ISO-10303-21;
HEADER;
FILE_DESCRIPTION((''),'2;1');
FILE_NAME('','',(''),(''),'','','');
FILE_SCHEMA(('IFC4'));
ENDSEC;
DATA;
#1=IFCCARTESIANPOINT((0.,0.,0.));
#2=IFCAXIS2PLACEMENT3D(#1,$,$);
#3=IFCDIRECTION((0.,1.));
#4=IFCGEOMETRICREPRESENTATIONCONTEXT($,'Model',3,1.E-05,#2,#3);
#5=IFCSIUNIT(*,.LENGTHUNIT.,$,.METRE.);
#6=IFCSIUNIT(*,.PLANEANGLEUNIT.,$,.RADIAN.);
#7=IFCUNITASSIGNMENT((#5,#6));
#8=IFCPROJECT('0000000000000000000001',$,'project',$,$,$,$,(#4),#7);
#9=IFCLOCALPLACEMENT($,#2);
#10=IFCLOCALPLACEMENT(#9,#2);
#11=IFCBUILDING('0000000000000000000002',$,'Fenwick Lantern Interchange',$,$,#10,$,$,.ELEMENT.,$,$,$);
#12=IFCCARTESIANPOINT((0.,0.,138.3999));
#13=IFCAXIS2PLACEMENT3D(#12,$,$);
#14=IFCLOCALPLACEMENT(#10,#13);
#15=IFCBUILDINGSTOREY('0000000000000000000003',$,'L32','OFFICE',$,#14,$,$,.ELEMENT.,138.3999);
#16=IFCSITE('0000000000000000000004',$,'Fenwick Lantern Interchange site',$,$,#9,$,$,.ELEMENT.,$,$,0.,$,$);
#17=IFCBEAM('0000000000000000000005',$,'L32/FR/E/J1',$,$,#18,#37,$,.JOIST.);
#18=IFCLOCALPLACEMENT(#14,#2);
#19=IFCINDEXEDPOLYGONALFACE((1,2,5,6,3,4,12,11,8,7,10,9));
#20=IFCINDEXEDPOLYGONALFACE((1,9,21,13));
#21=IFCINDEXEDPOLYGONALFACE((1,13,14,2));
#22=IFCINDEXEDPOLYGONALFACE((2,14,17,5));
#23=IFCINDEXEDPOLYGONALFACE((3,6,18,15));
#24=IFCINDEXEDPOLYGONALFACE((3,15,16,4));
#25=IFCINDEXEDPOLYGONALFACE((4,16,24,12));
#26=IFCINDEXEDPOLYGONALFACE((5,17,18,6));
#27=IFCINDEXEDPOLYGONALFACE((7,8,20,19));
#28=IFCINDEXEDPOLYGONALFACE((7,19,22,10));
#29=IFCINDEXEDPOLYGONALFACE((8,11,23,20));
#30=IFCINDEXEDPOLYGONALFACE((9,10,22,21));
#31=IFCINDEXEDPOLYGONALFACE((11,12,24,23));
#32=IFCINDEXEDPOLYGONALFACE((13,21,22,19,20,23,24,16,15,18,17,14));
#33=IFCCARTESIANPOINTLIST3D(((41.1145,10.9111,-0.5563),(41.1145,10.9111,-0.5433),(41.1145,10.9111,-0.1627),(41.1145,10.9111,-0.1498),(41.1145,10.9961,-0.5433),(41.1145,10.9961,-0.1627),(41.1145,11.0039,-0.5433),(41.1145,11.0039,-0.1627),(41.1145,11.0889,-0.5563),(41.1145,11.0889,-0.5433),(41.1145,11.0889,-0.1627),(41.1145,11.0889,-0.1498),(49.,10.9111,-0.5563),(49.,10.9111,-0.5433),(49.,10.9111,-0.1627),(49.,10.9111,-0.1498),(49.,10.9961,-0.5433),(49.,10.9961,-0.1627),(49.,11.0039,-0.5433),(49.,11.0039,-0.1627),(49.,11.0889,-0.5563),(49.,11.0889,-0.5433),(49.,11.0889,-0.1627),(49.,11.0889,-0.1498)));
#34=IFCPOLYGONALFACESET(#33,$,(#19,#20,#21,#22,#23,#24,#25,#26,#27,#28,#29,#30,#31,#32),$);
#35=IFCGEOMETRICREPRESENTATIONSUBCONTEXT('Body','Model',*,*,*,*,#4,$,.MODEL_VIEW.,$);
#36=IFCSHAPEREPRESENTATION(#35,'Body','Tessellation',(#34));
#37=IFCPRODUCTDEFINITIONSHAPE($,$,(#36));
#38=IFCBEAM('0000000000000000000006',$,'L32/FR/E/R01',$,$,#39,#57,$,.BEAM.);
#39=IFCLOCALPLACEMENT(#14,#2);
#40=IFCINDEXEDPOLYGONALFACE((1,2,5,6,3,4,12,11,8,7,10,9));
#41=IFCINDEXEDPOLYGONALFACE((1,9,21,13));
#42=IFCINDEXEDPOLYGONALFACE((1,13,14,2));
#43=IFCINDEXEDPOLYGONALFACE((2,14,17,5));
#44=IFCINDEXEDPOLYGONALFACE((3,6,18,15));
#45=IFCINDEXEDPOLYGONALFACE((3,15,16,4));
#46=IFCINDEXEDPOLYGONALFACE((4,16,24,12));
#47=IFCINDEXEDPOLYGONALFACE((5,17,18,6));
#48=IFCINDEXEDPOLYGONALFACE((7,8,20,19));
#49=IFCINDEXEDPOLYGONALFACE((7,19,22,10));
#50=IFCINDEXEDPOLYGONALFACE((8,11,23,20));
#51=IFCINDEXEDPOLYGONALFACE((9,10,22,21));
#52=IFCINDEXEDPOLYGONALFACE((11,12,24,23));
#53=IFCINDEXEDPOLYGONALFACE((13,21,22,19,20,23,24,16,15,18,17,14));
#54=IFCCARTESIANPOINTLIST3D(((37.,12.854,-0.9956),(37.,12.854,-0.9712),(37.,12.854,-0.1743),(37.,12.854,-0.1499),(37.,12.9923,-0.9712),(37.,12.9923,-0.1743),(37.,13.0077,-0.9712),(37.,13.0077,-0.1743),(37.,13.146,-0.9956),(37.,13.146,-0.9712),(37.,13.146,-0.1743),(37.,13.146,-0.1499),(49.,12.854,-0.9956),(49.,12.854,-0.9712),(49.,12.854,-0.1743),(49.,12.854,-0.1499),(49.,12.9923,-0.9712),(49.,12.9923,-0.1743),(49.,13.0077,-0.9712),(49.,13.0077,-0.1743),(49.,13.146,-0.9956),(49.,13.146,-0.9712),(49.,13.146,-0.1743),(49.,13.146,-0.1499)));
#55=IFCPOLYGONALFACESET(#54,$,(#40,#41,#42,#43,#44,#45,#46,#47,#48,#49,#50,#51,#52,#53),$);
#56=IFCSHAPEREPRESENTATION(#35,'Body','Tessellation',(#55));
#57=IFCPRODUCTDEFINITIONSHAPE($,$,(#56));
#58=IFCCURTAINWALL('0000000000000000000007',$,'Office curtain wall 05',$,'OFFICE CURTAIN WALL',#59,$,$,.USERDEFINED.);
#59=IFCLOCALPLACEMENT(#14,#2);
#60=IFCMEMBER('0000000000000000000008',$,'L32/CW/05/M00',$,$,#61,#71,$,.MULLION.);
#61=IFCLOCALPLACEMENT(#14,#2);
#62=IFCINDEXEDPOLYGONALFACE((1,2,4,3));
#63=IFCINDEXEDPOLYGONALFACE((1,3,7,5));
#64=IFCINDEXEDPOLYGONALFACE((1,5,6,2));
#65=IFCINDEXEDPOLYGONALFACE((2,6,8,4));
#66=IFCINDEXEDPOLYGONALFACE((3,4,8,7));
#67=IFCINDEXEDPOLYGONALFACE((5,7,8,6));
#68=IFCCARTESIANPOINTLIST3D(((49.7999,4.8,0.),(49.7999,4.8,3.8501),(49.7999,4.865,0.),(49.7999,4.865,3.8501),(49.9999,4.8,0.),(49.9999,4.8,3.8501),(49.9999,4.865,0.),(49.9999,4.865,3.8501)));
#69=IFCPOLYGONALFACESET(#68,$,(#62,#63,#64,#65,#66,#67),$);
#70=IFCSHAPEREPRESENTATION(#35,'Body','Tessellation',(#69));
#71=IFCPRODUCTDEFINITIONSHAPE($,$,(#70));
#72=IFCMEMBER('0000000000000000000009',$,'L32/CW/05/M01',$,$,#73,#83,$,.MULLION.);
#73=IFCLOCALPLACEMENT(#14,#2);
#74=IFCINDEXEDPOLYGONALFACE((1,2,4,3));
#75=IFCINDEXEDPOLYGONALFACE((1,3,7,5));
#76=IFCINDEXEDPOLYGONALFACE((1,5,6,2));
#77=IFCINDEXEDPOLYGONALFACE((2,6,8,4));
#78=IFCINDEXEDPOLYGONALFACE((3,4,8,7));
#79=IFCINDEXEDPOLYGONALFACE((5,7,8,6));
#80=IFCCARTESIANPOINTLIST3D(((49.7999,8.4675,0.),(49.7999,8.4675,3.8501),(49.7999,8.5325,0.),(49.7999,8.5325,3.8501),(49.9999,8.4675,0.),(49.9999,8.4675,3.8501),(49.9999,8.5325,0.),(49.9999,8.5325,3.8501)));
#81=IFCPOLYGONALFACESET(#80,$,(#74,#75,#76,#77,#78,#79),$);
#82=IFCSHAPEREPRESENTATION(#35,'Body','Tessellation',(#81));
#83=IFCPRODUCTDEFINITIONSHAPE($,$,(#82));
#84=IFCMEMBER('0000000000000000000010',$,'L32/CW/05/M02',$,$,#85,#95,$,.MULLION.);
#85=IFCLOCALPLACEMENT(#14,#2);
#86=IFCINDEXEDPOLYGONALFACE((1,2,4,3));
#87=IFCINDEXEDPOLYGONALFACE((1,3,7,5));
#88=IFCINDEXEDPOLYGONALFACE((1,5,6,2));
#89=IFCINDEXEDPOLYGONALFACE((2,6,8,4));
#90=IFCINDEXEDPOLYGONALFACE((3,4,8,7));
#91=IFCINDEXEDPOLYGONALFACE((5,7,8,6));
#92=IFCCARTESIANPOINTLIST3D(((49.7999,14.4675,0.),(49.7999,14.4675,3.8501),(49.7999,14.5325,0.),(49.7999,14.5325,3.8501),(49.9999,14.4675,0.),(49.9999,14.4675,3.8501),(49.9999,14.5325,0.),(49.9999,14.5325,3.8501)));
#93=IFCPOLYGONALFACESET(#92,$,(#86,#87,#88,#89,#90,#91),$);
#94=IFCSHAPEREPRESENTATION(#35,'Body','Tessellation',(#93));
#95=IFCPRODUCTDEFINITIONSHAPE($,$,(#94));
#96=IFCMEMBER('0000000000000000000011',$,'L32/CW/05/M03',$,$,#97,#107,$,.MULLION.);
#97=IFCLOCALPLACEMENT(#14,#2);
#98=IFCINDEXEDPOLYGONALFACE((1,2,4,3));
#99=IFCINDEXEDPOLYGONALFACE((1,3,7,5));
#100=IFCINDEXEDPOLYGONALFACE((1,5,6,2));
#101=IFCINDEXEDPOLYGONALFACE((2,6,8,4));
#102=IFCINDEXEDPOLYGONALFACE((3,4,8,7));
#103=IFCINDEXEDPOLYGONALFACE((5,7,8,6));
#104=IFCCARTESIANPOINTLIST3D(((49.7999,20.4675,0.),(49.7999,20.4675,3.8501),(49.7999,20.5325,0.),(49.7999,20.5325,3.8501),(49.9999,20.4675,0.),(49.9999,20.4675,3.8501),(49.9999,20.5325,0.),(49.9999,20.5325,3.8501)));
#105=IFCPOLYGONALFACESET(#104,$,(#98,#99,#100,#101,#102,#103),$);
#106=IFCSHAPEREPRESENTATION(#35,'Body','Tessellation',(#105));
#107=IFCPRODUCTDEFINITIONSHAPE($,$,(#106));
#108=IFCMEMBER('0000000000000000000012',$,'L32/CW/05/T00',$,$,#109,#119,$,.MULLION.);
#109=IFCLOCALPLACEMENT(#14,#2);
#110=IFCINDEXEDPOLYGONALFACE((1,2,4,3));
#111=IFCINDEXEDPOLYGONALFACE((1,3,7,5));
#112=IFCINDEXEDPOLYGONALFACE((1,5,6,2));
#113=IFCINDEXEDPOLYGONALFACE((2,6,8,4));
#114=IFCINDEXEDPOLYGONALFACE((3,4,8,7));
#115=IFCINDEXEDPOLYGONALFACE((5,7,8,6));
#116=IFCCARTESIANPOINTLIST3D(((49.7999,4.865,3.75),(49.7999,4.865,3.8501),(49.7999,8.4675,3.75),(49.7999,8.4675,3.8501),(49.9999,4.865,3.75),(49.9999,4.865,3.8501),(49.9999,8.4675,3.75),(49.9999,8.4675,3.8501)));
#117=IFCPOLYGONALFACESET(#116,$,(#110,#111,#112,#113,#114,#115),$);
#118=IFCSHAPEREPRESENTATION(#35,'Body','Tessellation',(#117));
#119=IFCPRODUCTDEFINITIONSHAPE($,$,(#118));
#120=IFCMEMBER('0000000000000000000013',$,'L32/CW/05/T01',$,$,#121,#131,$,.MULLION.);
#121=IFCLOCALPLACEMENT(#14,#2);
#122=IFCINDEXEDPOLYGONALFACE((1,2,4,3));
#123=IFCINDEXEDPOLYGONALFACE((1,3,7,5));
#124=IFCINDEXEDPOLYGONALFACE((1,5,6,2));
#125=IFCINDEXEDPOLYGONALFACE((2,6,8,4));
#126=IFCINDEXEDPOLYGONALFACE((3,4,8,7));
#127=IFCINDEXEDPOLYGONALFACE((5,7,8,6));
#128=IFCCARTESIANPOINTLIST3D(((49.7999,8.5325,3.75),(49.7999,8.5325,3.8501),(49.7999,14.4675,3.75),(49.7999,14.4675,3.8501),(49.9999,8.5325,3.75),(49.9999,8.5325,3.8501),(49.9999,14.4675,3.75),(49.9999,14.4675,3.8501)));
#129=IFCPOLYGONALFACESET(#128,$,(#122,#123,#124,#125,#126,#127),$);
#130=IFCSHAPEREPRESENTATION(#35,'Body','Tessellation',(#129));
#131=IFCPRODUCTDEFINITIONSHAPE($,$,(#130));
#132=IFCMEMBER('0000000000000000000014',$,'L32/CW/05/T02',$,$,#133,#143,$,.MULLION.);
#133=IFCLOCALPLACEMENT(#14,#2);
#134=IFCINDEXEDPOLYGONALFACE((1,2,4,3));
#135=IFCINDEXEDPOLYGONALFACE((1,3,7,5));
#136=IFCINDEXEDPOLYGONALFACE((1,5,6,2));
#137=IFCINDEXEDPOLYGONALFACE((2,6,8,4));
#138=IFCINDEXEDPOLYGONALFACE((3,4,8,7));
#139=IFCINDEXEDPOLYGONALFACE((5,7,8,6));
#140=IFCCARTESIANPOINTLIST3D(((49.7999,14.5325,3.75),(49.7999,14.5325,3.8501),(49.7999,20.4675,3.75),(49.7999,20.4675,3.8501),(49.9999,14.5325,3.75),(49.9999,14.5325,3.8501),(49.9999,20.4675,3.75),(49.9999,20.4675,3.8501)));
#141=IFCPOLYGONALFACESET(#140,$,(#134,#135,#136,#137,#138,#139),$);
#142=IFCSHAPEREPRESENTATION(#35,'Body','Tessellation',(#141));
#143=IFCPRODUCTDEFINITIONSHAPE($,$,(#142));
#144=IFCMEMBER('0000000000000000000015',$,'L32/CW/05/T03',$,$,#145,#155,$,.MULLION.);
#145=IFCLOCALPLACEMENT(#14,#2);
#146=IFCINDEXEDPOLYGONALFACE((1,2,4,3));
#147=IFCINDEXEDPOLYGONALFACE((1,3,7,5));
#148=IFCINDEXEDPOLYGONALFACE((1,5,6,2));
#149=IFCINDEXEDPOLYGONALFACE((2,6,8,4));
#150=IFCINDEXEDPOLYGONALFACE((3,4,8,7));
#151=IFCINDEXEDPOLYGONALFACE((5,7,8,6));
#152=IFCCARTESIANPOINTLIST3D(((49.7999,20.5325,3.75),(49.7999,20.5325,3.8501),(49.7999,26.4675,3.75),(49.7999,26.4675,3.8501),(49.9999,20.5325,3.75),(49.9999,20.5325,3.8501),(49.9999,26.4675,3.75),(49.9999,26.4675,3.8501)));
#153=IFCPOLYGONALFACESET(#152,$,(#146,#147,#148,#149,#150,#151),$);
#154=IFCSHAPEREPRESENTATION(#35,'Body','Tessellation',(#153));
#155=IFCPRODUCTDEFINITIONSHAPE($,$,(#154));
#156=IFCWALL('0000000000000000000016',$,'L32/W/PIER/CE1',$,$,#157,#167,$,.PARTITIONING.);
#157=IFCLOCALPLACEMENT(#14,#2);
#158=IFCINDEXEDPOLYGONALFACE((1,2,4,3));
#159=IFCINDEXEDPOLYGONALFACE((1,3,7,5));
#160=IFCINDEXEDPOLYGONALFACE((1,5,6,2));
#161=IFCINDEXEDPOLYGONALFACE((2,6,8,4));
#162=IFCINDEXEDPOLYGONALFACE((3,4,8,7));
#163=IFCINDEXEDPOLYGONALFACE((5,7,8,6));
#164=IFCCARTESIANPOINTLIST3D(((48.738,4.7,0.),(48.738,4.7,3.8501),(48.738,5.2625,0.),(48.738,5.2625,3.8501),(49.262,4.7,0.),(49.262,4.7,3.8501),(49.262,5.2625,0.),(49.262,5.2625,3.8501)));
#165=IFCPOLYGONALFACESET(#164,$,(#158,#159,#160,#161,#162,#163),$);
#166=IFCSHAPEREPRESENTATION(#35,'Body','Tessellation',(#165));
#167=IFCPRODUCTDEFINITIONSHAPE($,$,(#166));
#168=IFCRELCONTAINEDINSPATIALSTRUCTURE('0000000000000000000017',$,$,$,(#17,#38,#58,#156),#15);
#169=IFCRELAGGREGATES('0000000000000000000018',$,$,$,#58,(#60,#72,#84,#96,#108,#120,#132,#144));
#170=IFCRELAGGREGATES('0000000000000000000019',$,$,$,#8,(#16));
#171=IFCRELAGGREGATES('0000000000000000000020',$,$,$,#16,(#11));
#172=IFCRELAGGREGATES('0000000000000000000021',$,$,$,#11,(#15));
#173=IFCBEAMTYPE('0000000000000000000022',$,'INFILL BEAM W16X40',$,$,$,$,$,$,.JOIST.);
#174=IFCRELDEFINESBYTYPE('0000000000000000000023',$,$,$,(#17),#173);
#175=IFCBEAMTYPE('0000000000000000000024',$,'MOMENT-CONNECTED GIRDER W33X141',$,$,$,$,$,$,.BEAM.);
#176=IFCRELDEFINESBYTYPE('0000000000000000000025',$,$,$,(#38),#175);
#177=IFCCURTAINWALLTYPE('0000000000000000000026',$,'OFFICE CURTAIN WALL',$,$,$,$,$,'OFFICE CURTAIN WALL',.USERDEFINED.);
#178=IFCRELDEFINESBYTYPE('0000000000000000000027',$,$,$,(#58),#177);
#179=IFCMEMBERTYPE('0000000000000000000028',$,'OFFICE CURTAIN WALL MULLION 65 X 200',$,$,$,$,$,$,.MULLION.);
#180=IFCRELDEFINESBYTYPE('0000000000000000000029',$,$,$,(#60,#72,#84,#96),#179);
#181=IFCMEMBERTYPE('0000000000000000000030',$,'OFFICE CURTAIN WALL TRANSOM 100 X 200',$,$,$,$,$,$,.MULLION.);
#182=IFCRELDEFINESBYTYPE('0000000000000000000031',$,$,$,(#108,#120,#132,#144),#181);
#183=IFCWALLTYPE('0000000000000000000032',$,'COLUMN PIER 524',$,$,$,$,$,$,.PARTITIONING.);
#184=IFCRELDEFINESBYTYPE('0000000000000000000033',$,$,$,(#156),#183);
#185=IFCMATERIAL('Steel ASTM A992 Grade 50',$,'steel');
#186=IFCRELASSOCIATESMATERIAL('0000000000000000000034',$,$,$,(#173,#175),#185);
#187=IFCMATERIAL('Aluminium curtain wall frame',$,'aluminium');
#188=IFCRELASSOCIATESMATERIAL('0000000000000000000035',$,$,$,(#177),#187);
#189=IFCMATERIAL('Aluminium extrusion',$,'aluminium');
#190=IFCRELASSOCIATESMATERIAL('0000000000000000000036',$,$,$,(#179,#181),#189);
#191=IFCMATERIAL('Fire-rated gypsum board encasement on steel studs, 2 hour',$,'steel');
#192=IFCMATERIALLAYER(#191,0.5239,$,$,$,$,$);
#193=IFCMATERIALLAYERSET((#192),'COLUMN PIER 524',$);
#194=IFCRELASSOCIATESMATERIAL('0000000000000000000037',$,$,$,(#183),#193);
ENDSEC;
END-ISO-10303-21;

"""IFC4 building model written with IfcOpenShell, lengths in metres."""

from ifc_helpers import new_model, si_unit, direction, frame, frame_2d, origin, origin_2d, place, context, subcontext, project, spatial, rectangle, i_section, extrude, material, layer, layer_set, material_profile, profile_set, type_object, element, aggregate, save


model = new_model("IFC4")

# Units and contexts
model_context = context("Model", 3, precision=1e-05, world=origin(), true_north=direction((0.0, 1.0)))
body_context = subcontext(model_context, "Body", "Model", "MODEL_VIEW")
ifc_project = project(units=[si_unit("LENGTHUNIT", "METRE"), si_unit("PLANEANGLEUNIT", "RADIAN")], contexts=[model_context])

# Site, building, storey
site_placement = place(None, origin())
site = spatial("IfcSite", under=ifc_project, at=site_placement, Name="Fenwick Lantern Interchange site", CompositionType="ELEMENT", RefElevation=0.0)
building_placement = place(site_placement, origin())
building = spatial("IfcBuilding", under=site, at=building_placement, Name="Fenwick Lantern Interchange", CompositionType="ELEMENT")
storey_placement = place(building_placement, frame((0.0, 0.0, 138.3999)))
storey = spatial("IfcBuildingStorey", under=building, at=storey_placement, Name="L32", Description="OFFICE", CompositionType="ELEMENT", Elevation=138.3999)

# Shared definitions
ifc_material_1 = material(Name="Steel ASTM A992 Grade 50", Category="steel")

# Beams
ifc_material_profile_1 = material_profile(ifc_material_1, i_section(OverallWidth=0.1777, OverallDepth=0.4065, WebThickness=0.0078, FlangeThickness=0.0129, at=origin_2d()), Name="W16X40")
ifc_profile_set_1 = profile_set([ifc_material_profile_1], Name="Steel ASTM A992 Grade 50")
beam_type_1 = type_object("IfcBeamType", Name="INFILL BEAM W16X40", PredefinedType="JOIST", material=ifc_profile_set_1)
beam_1_placement = place(storey_placement, frame((49.0, 11.0, -0.353), z_axis=(-1.0, 0.0, 0.0), x_axis=(0.0, -1.0, 0.0)))
element("IfcBeam", 1, at=beam_1_placement, inside=storey, type_object=beam_type_1, Name="L32/FR/E/J1", PredefinedType="JOIST", context=body_context, shape_type="SweptSolid", body=[
    extrude(i_section(OverallWidth=0.1777, OverallDepth=0.4065, WebThickness=0.0078, FlangeThickness=0.0129, at=origin_2d()), origin(), (0.0, 0.0, 1.0), 7.8855),
])
ifc_material_profile_2 = material_profile(ifc_material_1, i_section(OverallWidth=0.292, OverallDepth=0.8457, WebThickness=0.0154, FlangeThickness=0.0244, at=origin_2d()), Name="W33X141")
ifc_profile_set_2 = profile_set([ifc_material_profile_2], Name="Steel ASTM A992 Grade 50")
beam_type_2 = type_object("IfcBeamType", Name="MOMENT-CONNECTED GIRDER W33X141", PredefinedType="BEAM", material=ifc_profile_set_2)
beam_2_placement = place(storey_placement, frame((49.0, 13.0, -0.5728), z_axis=(-1.0, 0.0, 0.0), x_axis=(0.0, -1.0, 0.0)))
element("IfcBeam", 2, at=beam_2_placement, inside=storey, type_object=beam_type_2, Name="L32/FR/E/R01", PredefinedType="BEAM", context=body_context, shape_type="SweptSolid", body=[
    extrude(i_section(OverallWidth=0.292, OverallDepth=0.8457, WebThickness=0.0154, FlangeThickness=0.0244, at=origin_2d()), origin(), (0.0, 0.0, 1.0), 12.0),
])

# Curtain wall, members
ifc_material_2 = material(Name="Aluminium curtain wall frame", Category="aluminium")
curtain_wall_type = type_object("IfcCurtainWallType", Name="OFFICE CURTAIN WALL", ElementType="OFFICE CURTAIN WALL", PredefinedType="USERDEFINED", material=ifc_material_2)
curtain_wall_placement = place(storey_placement, origin())
curtain_wall = element("IfcCurtainWall", 3, at=curtain_wall_placement, inside=storey, type_object=curtain_wall_type, Name="Office curtain wall 05", ObjectType="OFFICE CURTAIN WALL", PredefinedType="USERDEFINED")
ifc_material_3 = material(Name="Aluminium extrusion", Category="aluminium")
ifc_material_profile_3 = material_profile(ifc_material_3, rectangle(XDim=0.2, YDim=0.0649, at=origin_2d()), Name="OFFICE CURTAIN WALL MULLION 65 X 200")
ifc_profile_set_3 = profile_set([ifc_material_profile_3], Name="Aluminium extrusion")
member_type_1 = type_object("IfcMemberType", Name="OFFICE CURTAIN WALL MULLION 65 X 200", PredefinedType="MULLION", material=ifc_profile_set_3)
member_1_placement = place(storey_placement, frame((49.8999, 4.8325, 0.0), z_axis=(0.0, 0.0, 1.0), x_axis=(-1.0, 0.0, 0.0)))
member_1 = element("IfcMember", 4, at=member_1_placement, type_object=member_type_1, Name="L32/CW/05/M00", PredefinedType="MULLION", context=body_context, shape_type="SweptSolid", body=[
    extrude(rectangle(XDim=0.2, YDim=0.0649, at=origin_2d()), origin(), (0.0, 0.0, 1.0), 3.8501),
])
member_2_placement = place(storey_placement, frame((49.8999, 8.5, 0.0), z_axis=(0.0, 0.0, 1.0), x_axis=(-1.0, 0.0, 0.0)))
member_2 = element("IfcMember", 5, at=member_2_placement, type_object=member_type_1, Name="L32/CW/05/M01", PredefinedType="MULLION", context=body_context, shape_type="SweptSolid", body=[
    extrude(rectangle(XDim=0.2, YDim=0.0649, at=origin_2d()), origin(), (0.0, 0.0, 1.0), 3.8501),
])
member_3_placement = place(storey_placement, frame((49.8999, 14.5, 0.0), z_axis=(0.0, 0.0, 1.0), x_axis=(-1.0, 0.0, 0.0)))
member_3 = element("IfcMember", 6, at=member_3_placement, type_object=member_type_1, Name="L32/CW/05/M02", PredefinedType="MULLION", context=body_context, shape_type="SweptSolid", body=[
    extrude(rectangle(XDim=0.2, YDim=0.0649, at=origin_2d()), origin(), (0.0, 0.0, 1.0), 3.8501),
])
member_4_placement = place(storey_placement, frame((49.8999, 20.5, 0.0), z_axis=(0.0, 0.0, 1.0), x_axis=(-1.0, 0.0, 0.0)))
member_4 = element("IfcMember", 7, at=member_4_placement, type_object=member_type_1, Name="L32/CW/05/M03", PredefinedType="MULLION", context=body_context, shape_type="SweptSolid", body=[
    extrude(rectangle(XDim=0.2, YDim=0.0649, at=origin_2d()), origin(), (0.0, 0.0, 1.0), 3.8501),
])
ifc_material_profile_4 = material_profile(ifc_material_3, rectangle(XDim=0.2, YDim=0.1001, at=origin_2d()), Name="OFFICE CURTAIN WALL TRANSOM 100 X 200")
ifc_profile_set_4 = profile_set([ifc_material_profile_4], Name="Aluminium extrusion")
member_type_2 = type_object("IfcMemberType", Name="OFFICE CURTAIN WALL TRANSOM 100 X 200", PredefinedType="MULLION", material=ifc_profile_set_4)
member_5_placement = place(storey_placement, frame((49.8999, 4.865, 3.8), z_axis=(0.0, 1.0, 0.0), x_axis=(-1.0, 0.0, 0.0)))
member_5 = element("IfcMember", 8, at=member_5_placement, type_object=member_type_2, Name="L32/CW/05/T00", PredefinedType="MULLION", context=body_context, shape_type="SweptSolid", body=[
    extrude(rectangle(XDim=0.2, YDim=0.1001, at=origin_2d()), origin(), (0.0, 0.0, 1.0), 3.6025),
])
member_6_placement = place(storey_placement, frame((49.8999, 8.5325, 3.8), z_axis=(0.0, 1.0, 0.0), x_axis=(-1.0, 0.0, 0.0)))
member_6 = element("IfcMember", 9, at=member_6_placement, type_object=member_type_2, Name="L32/CW/05/T01", PredefinedType="MULLION", context=body_context, shape_type="SweptSolid", body=[
    extrude(rectangle(XDim=0.2, YDim=0.1001, at=origin_2d()), origin(), (0.0, 0.0, 1.0), 5.9351),
])
member_7_placement = place(storey_placement, frame((49.8999, 14.5325, 3.8), z_axis=(0.0, 1.0, 0.0), x_axis=(-1.0, 0.0, 0.0)))
member_7 = element("IfcMember", 10, at=member_7_placement, type_object=member_type_2, Name="L32/CW/05/T02", PredefinedType="MULLION", context=body_context, shape_type="SweptSolid", body=[
    extrude(rectangle(XDim=0.2, YDim=0.1001, at=origin_2d()), origin(), (0.0, 0.0, 1.0), 5.9351),
])
member_8_placement = place(storey_placement, frame((49.8999, 20.5325, 3.8), z_axis=(0.0, 1.0, 0.0), x_axis=(-1.0, 0.0, 0.0)))
member_8 = element("IfcMember", 11, at=member_8_placement, type_object=member_type_2, Name="L32/CW/05/T03", PredefinedType="MULLION", context=body_context, shape_type="SweptSolid", body=[
    extrude(rectangle(XDim=0.2, YDim=0.1001, at=origin_2d()), origin(), (0.0, 0.0, 1.0), 5.9351),
])
aggregate(curtain_wall, [member_1, member_2, member_3, member_4, member_5, member_6, member_7, member_8])

# Wall
ifc_material_4 = material(Name="Fire-rated gypsum board encasement on steel studs, 2 hour", Category="steel")
ifc_layer_1 = layer(ifc_material_4, 0.5239)
ifc_layer_set_1 = layer_set([ifc_layer_1], Name="COLUMN PIER 524")
wall_type_1 = type_object("IfcWallType", Name="COLUMN PIER 524", PredefinedType="PARTITIONING", material=ifc_layer_set_1)
wall_1_placement = place(storey_placement, frame((49.0, 4.7, 0.0), z_axis=(0.0, 0.0, 1.0), x_axis=(0.0, 1.0, 0.0)))
element("IfcWall", 12, at=wall_1_placement, inside=storey, type_object=wall_type_1, Name="L32/W/PIER/CE1", PredefinedType="PARTITIONING", context=body_context, shape_type="SweptSolid", body=[
    extrude(rectangle(XDim=0.5625, YDim=0.5239, at=frame_2d((0.2812, 0.0))), origin(), (0.0, 0.0, 1.0), 3.8501),
])

save(model, "model.ifc")
